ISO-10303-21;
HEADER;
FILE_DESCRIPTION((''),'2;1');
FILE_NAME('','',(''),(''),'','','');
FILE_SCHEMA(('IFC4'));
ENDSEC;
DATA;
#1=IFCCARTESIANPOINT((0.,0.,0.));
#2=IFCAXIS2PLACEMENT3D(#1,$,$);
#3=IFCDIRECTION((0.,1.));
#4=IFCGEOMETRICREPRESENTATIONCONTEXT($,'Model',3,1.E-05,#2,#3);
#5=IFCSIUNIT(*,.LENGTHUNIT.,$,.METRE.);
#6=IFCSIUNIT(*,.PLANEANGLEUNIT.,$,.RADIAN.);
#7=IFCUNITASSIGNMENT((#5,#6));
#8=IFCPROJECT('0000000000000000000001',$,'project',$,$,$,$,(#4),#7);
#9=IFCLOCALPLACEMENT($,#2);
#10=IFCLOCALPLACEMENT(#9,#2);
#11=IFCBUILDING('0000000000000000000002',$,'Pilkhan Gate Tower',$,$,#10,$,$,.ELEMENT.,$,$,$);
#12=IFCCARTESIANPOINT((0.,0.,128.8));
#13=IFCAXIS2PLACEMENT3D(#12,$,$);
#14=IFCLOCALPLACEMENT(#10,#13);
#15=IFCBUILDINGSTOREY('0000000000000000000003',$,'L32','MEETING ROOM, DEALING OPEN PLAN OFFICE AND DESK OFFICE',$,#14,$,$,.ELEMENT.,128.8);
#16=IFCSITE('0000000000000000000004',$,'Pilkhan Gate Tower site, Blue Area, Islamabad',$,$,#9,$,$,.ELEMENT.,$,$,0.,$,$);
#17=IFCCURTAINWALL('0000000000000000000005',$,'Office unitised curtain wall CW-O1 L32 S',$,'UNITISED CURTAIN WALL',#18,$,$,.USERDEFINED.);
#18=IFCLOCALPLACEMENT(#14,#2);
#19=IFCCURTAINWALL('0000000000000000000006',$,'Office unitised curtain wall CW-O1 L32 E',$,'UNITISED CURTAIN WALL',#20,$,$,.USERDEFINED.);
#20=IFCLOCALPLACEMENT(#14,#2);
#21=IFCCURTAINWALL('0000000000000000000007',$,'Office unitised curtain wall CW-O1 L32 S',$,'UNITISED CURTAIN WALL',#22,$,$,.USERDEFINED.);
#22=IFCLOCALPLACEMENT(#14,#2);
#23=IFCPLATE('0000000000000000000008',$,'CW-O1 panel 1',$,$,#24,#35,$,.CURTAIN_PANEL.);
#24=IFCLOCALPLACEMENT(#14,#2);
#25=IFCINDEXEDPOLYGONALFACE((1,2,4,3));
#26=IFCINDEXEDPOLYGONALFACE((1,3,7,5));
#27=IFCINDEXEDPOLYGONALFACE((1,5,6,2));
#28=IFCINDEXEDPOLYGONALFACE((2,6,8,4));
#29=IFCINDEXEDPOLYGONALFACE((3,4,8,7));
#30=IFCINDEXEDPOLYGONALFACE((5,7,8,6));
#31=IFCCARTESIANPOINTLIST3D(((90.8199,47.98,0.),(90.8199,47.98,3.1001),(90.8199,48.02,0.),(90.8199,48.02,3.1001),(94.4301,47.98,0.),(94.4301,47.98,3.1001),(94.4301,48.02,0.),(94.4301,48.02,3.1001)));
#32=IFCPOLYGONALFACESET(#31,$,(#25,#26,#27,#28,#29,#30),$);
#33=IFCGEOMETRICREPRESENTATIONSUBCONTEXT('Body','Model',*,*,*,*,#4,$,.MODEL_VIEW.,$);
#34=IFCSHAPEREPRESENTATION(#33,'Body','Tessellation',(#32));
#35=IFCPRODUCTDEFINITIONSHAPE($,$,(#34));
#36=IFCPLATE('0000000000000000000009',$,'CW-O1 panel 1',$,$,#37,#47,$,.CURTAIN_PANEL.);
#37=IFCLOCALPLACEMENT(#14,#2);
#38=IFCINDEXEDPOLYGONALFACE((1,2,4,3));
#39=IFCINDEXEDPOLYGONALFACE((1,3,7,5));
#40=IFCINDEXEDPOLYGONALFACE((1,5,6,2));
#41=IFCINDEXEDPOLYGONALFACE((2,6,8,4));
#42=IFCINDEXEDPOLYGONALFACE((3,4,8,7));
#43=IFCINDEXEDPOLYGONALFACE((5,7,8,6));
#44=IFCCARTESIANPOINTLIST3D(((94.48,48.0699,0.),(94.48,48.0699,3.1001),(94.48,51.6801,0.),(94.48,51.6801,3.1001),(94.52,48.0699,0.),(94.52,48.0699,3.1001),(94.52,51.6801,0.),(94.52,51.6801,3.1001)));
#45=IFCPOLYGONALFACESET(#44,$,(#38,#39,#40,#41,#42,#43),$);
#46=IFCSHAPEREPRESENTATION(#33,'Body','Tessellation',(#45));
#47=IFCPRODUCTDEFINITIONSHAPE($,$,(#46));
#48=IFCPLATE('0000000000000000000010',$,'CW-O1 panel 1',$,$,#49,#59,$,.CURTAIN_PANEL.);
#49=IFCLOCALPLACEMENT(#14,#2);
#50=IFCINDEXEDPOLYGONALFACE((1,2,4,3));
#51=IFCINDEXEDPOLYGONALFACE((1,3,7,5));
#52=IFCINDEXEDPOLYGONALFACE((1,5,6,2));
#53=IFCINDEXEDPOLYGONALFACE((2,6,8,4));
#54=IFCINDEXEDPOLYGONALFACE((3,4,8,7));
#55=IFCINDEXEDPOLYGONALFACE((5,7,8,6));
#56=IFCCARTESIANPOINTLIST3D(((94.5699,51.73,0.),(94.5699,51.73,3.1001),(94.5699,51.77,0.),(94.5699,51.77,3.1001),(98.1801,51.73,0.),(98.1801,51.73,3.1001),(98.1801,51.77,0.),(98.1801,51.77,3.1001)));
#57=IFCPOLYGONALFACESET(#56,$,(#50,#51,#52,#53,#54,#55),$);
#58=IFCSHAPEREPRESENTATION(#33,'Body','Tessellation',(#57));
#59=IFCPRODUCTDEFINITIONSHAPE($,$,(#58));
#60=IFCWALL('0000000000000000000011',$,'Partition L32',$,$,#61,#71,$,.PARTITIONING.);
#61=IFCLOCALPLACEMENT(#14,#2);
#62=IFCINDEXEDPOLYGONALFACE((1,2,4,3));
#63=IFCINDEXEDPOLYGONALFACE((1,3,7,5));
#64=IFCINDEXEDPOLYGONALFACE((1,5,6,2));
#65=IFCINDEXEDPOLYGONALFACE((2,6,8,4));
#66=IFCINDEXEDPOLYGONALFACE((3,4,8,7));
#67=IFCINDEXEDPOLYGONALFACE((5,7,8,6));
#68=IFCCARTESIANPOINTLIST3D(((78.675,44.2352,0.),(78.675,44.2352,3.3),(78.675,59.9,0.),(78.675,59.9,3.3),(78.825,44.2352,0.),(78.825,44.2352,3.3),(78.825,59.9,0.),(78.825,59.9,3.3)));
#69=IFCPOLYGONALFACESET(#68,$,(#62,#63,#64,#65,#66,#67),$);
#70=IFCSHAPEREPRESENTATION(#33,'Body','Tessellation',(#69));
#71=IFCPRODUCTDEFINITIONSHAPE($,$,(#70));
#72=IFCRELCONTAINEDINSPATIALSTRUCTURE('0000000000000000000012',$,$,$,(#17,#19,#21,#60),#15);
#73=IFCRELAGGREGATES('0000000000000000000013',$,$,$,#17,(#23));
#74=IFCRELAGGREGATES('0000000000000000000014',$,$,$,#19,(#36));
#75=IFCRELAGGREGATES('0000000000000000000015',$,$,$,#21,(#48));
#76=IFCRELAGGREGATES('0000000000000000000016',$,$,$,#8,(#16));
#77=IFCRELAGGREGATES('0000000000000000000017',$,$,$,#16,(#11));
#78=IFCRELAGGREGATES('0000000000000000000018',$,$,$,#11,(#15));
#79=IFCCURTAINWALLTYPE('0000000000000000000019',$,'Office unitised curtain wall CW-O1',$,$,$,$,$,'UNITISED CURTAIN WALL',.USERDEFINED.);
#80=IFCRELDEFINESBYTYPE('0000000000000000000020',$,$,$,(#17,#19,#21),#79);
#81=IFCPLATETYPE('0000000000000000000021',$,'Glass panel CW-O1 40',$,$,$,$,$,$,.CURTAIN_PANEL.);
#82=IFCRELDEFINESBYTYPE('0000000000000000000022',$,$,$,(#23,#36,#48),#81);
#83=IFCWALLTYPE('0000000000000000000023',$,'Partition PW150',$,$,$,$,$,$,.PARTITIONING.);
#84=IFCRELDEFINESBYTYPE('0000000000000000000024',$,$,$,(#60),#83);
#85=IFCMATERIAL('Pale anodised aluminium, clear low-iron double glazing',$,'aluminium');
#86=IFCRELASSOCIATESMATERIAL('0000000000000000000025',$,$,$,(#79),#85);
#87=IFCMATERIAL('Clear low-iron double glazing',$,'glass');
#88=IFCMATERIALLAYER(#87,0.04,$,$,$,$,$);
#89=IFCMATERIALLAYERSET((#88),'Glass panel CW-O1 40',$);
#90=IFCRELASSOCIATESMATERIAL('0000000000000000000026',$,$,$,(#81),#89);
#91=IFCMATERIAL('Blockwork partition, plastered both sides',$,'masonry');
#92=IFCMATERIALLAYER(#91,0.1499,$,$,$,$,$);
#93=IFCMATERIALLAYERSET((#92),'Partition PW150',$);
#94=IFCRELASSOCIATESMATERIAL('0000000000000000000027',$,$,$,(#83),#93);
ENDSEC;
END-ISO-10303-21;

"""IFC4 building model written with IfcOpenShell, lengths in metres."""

from ifc_helpers import new_model, si_unit, direction, frame, frame_2d, origin, origin_2d, place, context, subcontext, project, spatial, rectangle, extrude, material, layer, layer_set, type_object, element, aggregate, save


model = new_model("IFC4")

# Units and contexts
model_context = context("Model", 3, precision=1e-05, world=origin(), true_north=direction((0.0, 1.0)))
body_context = subcontext(model_context, "Body", "Model", "MODEL_VIEW")
ifc_project = project(units=[si_unit("LENGTHUNIT", "METRE"), si_unit("PLANEANGLEUNIT", "RADIAN")], contexts=[model_context])

# Site, building, storey
site_placement = place(None, origin())
site = spatial("IfcSite", under=ifc_project, at=site_placement, Name="Pilkhan Gate Tower site, Blue Area, Islamabad", CompositionType="ELEMENT", RefElevation=0.0)
building_placement = place(site_placement, origin())
building = spatial("IfcBuilding", under=site, at=building_placement, Name="Pilkhan Gate Tower", CompositionType="ELEMENT")
storey_placement = place(building_placement, frame((0.0, 0.0, 128.8)))
storey = spatial("IfcBuildingStorey", under=building, at=storey_placement, Name="L32", Description="MEETING ROOM, DEALING OPEN PLAN OFFICE AND DESK OFFICE", CompositionType="ELEMENT", Elevation=128.8)

# Shared definitions
ifc_material_1 = material(Name="Pale anodised aluminium, clear low-iron double glazing", Category="aluminium")
curtain_wall_type = type_object("IfcCurtainWallType", Name="Office unitised curtain wall CW-O1", ElementType="UNITISED CURTAIN WALL", PredefinedType="USERDEFINED", material=ifc_material_1)

# Curtain walls
curtain_wall_1_placement = place(storey_placement, origin())
curtain_wall_1 = element("IfcCurtainWall", 1, at=curtain_wall_1_placement, inside=storey, type_object=curtain_wall_type, Name="Office unitised curtain wall CW-O1 L32 S", ObjectType="UNITISED CURTAIN WALL", PredefinedType="USERDEFINED")
curtain_wall_2_placement = place(storey_placement, origin())
curtain_wall_2 = element("IfcCurtainWall", 2, at=curtain_wall_2_placement, inside=storey, type_object=curtain_wall_type, Name="Office unitised curtain wall CW-O1 L32 E", ObjectType="UNITISED CURTAIN WALL", PredefinedType="USERDEFINED")
curtain_wall_3_placement = place(storey_placement, origin())
curtain_wall_3 = element("IfcCurtainWall", 3, at=curtain_wall_3_placement, inside=storey, type_object=curtain_wall_type, Name="Office unitised curtain wall CW-O1 L32 S", ObjectType="UNITISED CURTAIN WALL", PredefinedType="USERDEFINED")

# Plates
ifc_material_2 = material(Name="Clear low-iron double glazing", Category="glass")
ifc_layer_1 = layer(ifc_material_2, 0.04)
ifc_layer_set_1 = layer_set([ifc_layer_1], Name="Glass panel CW-O1 40")
plate_type = type_object("IfcPlateType", Name="Glass panel CW-O1 40", PredefinedType="CURTAIN_PANEL", material=ifc_layer_set_1)
plate_1_placement = place(storey_placement, frame((92.625, 48.0, 0.0), z_axis=(0.0, 0.0, 1.0), x_axis=(1.0, 0.0, 0.0)))
plate_1 = element("IfcPlate", 4, at=plate_1_placement, type_object=plate_type, Name="CW-O1 panel 1", PredefinedType="CURTAIN_PANEL", context=body_context, shape_type="SweptSolid", body=[
    extrude(rectangle(XDim=3.6101, YDim=0.04, at=origin_2d()), origin(), (0.0, 0.0, 1.0), 3.1001),
])
aggregate(curtain_wall_1, [plate_1])
plate_2_placement = place(storey_placement, frame((94.5, 49.875, 0.0), z_axis=(0.0, 0.0, 1.0), x_axis=(0.0, 1.0, 0.0)))
plate_2 = element("IfcPlate", 5, at=plate_2_placement, type_object=plate_type, Name="CW-O1 panel 1", PredefinedType="CURTAIN_PANEL", context=body_context, shape_type="SweptSolid", body=[
    extrude(rectangle(XDim=3.6101, YDim=0.04, at=origin_2d()), origin(), (0.0, 0.0, 1.0), 3.1001),
])
aggregate(curtain_wall_2, [plate_2])
plate_3_placement = place(storey_placement, frame((96.375, 51.75, 0.0), z_axis=(0.0, 0.0, 1.0), x_axis=(1.0, 0.0, 0.0)))
plate_3 = element("IfcPlate", 6, at=plate_3_placement, type_object=plate_type, Name="CW-O1 panel 1", PredefinedType="CURTAIN_PANEL", context=body_context, shape_type="SweptSolid", body=[
    extrude(rectangle(XDim=3.6101, YDim=0.04, at=origin_2d()), origin(), (0.0, 0.0, 1.0), 3.1001),
])
aggregate(curtain_wall_3, [plate_3])

# Wall
ifc_material_3 = material(Name="Blockwork partition, plastered both sides", Category="masonry")
ifc_layer_2 = layer(ifc_material_3, 0.1499)
ifc_layer_set_2 = layer_set([ifc_layer_2], Name="Partition PW150")
wall_type = type_object("IfcWallType", Name="Partition PW150", PredefinedType="PARTITIONING", material=ifc_layer_set_2)
wall_placement = place(storey_placement, frame((78.75, 44.2351, 0.0), z_axis=(0.0, 0.0, 1.0), x_axis=(0.0, 1.0, 0.0)))
element("IfcWall", 7, at=wall_placement, inside=storey, type_object=wall_type, Name="Partition L32", PredefinedType="PARTITIONING", context=body_context, shape_type="SweptSolid", body=[
    extrude(rectangle(XDim=15.6648, YDim=0.1499, at=frame_2d((7.8325, 0.0))), origin(), (0.0, 0.0, 1.0), 3.3),
])

save(model, "model.ifc")
